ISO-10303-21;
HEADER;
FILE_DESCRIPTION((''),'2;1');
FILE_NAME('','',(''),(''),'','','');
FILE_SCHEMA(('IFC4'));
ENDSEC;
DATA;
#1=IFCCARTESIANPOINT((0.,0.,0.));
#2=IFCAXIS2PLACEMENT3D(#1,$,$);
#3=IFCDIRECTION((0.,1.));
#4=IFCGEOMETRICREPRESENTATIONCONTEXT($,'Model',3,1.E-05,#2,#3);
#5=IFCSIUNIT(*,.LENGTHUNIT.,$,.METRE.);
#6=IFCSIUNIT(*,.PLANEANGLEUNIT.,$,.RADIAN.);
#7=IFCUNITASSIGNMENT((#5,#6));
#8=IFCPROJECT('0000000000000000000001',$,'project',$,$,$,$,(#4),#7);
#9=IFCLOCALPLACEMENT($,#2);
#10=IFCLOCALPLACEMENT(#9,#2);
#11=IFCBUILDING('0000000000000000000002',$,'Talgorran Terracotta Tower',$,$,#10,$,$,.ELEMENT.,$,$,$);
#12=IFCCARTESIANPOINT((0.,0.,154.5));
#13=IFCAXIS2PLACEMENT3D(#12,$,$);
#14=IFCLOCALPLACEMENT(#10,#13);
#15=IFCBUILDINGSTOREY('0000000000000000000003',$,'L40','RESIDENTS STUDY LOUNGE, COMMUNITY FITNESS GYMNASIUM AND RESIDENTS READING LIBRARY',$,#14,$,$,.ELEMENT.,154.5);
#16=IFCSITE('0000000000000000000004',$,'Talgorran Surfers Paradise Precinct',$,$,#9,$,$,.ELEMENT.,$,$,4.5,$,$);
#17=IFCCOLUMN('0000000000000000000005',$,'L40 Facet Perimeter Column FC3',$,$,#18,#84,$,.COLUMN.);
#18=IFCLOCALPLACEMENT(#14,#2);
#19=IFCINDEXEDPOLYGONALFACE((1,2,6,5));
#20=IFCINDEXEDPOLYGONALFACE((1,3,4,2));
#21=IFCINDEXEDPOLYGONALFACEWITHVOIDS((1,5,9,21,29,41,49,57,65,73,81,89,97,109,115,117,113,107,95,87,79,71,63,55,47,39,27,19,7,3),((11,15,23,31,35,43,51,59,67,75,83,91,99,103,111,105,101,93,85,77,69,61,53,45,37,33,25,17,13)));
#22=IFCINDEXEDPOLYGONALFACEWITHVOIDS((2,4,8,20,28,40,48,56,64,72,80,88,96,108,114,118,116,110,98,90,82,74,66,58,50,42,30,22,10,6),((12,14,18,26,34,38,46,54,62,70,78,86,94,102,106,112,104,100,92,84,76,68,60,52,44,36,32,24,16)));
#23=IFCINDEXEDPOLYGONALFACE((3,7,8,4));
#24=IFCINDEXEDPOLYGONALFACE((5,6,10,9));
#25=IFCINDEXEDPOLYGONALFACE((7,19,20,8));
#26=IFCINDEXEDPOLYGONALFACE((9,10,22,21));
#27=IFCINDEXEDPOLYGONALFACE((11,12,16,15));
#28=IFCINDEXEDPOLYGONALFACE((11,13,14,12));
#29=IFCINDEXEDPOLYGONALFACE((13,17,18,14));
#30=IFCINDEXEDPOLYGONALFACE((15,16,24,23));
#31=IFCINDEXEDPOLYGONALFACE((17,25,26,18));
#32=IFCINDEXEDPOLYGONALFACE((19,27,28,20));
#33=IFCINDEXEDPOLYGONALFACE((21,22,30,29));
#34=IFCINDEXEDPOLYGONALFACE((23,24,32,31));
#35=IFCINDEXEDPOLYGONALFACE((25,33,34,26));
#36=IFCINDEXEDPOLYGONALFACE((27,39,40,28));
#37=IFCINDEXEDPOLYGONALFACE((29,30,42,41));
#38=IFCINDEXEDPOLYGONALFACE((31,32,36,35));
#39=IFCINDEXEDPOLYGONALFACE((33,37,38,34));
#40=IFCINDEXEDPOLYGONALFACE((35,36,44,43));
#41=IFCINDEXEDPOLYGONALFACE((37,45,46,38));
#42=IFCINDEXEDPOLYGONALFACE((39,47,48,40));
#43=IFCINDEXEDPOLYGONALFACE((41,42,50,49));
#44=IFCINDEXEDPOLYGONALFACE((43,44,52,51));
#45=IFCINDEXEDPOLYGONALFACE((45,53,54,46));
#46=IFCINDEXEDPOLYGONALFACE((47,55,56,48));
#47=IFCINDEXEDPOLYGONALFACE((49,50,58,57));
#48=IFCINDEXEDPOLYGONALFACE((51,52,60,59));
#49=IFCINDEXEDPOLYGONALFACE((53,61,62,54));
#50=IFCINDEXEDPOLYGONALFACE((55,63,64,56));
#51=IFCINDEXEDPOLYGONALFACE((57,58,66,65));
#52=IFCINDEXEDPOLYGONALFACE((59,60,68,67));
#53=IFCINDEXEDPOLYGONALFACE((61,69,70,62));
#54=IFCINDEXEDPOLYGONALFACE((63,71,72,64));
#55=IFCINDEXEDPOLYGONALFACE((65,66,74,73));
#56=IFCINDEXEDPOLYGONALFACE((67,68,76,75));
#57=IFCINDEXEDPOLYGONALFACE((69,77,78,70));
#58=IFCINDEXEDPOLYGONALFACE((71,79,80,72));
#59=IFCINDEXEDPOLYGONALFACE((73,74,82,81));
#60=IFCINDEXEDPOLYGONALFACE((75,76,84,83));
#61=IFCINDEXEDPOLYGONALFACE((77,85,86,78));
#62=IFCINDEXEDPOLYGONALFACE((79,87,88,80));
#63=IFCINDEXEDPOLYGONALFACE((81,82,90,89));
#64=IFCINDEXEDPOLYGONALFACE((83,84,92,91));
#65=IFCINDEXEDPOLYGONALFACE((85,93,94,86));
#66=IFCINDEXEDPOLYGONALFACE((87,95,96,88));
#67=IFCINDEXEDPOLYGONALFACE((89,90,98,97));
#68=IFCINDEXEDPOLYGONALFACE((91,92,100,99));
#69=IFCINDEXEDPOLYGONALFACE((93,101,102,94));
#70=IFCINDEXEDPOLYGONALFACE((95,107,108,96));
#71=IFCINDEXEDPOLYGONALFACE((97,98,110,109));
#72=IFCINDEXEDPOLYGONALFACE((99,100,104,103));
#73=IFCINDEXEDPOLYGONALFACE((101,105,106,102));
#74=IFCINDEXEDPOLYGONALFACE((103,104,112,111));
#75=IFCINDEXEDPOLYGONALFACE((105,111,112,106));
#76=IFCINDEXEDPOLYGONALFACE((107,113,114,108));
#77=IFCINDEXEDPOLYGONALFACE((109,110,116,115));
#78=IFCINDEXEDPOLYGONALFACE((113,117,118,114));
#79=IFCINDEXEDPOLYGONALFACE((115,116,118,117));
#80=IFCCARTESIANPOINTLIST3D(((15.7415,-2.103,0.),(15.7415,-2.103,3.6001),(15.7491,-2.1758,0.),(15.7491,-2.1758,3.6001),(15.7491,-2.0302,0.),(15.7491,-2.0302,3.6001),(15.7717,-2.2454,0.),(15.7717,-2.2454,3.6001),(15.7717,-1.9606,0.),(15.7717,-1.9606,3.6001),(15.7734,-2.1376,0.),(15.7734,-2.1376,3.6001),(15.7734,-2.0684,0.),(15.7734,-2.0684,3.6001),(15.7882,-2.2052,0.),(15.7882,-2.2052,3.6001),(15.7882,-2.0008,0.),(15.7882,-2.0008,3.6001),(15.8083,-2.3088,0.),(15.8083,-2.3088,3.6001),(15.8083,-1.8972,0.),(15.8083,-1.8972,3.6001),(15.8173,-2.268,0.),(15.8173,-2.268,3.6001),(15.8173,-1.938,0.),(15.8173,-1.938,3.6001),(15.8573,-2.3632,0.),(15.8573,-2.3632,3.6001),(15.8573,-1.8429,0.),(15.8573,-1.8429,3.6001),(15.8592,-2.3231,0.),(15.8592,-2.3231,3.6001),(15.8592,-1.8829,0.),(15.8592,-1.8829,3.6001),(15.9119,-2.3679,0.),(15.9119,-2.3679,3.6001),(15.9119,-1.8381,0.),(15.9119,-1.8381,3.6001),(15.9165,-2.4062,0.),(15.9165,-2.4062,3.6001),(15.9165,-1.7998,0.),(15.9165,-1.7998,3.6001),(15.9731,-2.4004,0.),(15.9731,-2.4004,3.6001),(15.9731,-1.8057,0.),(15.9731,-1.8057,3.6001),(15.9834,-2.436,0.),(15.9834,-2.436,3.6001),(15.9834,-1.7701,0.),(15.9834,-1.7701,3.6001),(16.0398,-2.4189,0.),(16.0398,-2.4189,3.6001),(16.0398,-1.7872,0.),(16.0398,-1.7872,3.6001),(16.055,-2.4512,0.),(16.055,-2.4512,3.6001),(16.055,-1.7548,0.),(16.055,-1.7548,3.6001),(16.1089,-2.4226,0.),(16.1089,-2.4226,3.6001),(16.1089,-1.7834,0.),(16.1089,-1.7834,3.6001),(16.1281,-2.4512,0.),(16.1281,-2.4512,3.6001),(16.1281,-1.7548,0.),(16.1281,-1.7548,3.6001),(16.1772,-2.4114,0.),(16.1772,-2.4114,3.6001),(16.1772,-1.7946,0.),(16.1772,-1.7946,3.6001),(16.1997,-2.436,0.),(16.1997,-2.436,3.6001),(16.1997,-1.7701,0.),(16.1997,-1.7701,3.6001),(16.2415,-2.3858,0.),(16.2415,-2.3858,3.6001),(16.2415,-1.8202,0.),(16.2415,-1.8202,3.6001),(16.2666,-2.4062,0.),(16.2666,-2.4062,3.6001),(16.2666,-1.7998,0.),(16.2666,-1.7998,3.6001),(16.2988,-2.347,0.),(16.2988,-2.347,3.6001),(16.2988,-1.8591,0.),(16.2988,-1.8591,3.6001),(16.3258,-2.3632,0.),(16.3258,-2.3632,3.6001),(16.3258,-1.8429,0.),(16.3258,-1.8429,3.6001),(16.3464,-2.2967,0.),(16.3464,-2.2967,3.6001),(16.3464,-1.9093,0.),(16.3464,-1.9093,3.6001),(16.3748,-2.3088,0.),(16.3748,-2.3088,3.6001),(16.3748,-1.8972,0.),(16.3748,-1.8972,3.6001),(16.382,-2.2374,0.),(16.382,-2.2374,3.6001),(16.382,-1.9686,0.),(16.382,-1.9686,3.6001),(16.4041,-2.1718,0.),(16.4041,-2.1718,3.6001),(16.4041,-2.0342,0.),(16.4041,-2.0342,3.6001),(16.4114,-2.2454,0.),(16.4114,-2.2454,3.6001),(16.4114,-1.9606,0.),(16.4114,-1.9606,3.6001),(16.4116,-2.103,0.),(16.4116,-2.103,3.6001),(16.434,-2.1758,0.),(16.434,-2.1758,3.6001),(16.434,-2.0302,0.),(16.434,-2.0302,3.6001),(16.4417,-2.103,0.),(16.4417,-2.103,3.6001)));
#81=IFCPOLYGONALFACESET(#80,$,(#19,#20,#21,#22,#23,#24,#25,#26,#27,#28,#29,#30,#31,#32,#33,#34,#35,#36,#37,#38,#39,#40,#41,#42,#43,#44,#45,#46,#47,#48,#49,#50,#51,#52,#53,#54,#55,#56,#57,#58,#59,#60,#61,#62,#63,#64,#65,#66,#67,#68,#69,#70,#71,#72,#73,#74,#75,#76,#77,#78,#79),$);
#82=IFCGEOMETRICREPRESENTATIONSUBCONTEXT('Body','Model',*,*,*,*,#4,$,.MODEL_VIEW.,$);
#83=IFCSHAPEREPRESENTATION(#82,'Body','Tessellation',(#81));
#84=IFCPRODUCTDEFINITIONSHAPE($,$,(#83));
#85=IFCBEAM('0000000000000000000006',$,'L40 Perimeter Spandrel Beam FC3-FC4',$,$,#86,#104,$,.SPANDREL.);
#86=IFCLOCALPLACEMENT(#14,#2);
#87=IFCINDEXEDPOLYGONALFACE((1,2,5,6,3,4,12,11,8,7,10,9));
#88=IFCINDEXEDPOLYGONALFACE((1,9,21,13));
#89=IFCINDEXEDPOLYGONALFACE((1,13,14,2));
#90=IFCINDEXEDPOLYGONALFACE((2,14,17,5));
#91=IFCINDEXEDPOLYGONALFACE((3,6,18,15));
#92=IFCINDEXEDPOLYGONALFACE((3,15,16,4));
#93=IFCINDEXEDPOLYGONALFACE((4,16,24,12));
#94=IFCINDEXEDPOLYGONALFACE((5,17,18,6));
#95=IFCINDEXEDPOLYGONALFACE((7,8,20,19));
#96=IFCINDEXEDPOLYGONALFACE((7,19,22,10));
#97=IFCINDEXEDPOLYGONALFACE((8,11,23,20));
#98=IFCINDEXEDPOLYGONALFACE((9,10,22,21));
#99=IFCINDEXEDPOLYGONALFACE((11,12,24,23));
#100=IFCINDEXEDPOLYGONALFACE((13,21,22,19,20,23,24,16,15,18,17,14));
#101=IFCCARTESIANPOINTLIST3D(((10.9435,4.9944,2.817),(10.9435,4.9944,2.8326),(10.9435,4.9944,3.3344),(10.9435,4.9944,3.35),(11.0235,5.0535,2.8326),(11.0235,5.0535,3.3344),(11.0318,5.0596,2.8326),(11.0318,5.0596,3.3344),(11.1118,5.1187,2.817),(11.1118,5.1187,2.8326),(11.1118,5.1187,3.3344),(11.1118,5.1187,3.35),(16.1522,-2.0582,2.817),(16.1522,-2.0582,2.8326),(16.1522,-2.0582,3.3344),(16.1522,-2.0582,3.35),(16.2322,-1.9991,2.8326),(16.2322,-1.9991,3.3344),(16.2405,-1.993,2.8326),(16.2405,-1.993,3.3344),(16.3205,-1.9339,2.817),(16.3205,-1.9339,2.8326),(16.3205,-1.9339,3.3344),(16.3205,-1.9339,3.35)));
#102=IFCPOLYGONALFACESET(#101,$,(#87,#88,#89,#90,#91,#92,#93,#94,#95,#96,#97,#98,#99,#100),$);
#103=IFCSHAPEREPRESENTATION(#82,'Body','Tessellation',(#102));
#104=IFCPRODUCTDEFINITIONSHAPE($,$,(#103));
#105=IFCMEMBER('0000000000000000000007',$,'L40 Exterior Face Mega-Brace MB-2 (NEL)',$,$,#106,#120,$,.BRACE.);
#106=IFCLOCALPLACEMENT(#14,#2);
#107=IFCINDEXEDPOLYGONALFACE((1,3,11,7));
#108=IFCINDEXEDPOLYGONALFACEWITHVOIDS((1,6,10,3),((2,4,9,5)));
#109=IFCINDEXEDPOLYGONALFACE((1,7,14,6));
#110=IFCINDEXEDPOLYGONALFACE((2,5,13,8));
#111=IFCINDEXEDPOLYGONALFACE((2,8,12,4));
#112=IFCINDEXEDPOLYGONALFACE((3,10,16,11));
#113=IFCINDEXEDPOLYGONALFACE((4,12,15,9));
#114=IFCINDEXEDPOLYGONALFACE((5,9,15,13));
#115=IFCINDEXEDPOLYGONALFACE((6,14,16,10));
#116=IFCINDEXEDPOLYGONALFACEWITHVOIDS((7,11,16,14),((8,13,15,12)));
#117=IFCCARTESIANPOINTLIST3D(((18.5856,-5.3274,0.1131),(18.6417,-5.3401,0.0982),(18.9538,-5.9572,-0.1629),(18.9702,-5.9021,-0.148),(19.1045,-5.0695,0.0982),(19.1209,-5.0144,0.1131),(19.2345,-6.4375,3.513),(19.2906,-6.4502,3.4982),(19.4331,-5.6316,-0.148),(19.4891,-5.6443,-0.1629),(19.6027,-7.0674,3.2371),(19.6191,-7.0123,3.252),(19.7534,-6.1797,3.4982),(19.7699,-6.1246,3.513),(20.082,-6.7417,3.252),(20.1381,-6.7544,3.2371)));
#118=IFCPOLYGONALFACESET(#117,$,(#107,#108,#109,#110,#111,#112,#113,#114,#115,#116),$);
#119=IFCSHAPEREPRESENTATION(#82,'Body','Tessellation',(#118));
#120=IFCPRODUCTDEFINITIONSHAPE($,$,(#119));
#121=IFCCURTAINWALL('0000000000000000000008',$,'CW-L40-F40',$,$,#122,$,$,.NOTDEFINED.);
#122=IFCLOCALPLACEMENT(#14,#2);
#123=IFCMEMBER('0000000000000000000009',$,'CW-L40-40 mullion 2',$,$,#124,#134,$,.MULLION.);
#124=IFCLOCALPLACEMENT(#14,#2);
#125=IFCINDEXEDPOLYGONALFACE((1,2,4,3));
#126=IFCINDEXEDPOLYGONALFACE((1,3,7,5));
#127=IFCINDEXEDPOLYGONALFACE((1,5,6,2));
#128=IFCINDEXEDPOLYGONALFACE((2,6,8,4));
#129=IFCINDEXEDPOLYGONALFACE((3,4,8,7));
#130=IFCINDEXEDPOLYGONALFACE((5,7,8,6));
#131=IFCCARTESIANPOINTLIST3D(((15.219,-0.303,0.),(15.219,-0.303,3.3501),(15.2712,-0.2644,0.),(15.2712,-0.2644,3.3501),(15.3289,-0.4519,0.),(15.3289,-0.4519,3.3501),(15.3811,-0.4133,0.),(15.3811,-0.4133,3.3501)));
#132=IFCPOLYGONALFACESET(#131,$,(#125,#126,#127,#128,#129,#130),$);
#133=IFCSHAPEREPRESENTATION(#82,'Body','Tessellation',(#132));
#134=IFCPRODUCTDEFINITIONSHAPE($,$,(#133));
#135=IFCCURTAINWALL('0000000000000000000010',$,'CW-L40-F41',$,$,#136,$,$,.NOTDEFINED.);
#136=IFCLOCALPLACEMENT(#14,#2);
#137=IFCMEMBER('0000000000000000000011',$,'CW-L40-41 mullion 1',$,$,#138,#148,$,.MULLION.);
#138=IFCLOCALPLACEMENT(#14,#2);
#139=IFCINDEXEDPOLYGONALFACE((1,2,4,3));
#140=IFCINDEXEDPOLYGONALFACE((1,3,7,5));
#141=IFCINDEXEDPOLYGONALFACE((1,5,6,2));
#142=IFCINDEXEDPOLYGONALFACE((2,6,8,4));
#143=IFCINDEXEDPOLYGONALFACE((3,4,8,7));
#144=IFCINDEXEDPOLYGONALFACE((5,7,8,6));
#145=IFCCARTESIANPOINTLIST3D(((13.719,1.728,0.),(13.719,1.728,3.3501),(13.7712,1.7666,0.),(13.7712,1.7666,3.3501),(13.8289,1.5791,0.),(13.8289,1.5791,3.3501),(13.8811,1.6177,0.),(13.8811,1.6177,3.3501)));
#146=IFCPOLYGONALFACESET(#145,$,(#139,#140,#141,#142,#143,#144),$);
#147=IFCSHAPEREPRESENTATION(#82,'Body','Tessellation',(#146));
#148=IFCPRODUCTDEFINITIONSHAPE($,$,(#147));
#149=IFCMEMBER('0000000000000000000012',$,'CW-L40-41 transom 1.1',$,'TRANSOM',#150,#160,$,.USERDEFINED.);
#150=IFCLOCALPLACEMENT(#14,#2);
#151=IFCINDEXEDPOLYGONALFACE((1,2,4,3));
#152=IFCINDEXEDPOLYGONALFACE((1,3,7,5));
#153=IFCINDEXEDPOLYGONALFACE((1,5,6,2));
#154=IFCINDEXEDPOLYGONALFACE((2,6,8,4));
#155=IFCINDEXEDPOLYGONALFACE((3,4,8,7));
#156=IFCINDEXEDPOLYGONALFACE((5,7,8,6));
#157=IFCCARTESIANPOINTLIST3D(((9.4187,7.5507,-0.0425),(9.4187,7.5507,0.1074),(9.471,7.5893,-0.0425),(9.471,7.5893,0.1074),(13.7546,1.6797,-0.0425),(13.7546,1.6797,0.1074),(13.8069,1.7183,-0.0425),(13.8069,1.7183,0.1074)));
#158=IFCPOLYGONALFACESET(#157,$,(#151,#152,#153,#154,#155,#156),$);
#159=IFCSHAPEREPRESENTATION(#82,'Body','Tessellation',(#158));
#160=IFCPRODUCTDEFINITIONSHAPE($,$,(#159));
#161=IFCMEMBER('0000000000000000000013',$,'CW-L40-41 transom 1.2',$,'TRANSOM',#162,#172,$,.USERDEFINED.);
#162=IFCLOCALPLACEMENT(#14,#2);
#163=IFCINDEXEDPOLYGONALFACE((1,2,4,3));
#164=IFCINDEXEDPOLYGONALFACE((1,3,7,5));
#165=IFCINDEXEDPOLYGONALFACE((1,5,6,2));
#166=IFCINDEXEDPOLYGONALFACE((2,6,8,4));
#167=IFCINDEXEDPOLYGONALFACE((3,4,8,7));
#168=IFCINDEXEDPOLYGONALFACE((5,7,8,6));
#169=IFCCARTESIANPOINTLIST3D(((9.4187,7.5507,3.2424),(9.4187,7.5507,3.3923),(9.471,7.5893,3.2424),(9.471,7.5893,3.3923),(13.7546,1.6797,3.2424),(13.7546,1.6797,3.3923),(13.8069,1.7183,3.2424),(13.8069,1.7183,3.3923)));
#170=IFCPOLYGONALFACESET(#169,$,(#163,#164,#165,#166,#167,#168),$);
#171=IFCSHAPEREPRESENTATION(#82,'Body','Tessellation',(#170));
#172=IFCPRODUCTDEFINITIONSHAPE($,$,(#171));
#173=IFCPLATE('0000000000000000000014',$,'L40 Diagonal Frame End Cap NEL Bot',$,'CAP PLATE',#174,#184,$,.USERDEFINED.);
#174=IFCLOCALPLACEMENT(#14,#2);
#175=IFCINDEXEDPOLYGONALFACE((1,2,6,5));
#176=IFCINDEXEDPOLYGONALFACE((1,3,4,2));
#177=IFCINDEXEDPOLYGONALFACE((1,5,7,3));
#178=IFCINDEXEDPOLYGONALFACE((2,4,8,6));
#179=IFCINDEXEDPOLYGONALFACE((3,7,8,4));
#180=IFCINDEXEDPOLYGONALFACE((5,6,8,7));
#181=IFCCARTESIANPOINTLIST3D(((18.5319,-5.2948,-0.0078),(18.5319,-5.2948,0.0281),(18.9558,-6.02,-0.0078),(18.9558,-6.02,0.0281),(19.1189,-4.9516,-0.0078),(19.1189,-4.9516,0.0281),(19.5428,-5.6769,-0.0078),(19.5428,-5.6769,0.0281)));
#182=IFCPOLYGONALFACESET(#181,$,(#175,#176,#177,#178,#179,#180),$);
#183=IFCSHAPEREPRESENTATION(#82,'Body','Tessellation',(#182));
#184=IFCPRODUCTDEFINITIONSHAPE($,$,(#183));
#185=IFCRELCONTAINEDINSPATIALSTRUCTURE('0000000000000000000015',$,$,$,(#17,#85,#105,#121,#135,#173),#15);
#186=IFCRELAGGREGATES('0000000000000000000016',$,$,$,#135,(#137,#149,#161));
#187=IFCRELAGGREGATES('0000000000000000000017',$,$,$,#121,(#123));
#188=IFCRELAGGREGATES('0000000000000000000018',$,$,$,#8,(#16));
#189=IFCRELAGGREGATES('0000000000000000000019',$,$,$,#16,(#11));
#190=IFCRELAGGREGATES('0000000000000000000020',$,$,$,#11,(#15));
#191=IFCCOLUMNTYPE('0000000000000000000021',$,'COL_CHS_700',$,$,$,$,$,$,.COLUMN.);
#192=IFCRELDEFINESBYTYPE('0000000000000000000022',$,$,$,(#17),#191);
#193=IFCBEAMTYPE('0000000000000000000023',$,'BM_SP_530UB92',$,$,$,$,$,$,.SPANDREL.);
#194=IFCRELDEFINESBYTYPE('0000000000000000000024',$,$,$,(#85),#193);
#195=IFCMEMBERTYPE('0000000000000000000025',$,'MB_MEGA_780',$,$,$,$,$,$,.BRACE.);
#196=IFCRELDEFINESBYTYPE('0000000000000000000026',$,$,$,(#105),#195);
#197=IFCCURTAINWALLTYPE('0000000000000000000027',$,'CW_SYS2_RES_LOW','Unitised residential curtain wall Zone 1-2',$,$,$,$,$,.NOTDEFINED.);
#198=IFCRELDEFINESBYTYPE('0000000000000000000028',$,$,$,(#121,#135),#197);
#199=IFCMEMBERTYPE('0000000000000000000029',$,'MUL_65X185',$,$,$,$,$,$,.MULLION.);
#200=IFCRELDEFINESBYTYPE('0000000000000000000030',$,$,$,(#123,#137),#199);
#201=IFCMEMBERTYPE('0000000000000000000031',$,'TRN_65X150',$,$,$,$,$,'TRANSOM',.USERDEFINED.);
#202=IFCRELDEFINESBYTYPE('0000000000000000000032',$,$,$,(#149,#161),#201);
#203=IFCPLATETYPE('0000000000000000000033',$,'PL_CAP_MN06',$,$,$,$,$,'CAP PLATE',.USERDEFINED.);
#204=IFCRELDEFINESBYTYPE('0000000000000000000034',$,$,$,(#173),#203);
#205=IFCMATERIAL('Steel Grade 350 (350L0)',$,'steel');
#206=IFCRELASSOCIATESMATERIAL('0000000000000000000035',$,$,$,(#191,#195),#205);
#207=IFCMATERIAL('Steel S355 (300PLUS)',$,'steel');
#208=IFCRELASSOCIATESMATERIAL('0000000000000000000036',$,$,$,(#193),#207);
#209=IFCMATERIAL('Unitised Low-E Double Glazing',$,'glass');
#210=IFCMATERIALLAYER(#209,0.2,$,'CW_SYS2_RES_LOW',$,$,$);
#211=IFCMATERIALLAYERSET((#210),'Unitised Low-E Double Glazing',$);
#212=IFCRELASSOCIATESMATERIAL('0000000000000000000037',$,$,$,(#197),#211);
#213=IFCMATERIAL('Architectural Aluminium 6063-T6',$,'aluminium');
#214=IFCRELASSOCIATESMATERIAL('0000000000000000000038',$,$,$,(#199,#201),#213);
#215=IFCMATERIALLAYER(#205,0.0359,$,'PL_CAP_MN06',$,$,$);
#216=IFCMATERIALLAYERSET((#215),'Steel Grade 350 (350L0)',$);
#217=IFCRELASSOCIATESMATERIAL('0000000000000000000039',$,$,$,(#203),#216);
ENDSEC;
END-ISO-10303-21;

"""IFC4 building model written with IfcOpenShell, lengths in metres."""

from ifc_helpers import new_model, si_unit, direction, frame, origin, origin_2d, place, context, subcontext, project, spatial, rectangle, hollow_rectangle, hollow_circle, i_section, extrude, material, layer, layer_set, material_profile, profile_set, type_object, element, aggregate, save


model = new_model("IFC4")

# Units and contexts
model_context = context("Model", 3, precision=1e-05, world=origin(), true_north=direction((0.0, 1.0)))
body_context = subcontext(model_context, "Body", "Model", "MODEL_VIEW")
ifc_project = project(units=[si_unit("LENGTHUNIT", "METRE"), si_unit("PLANEANGLEUNIT", "RADIAN")], contexts=[model_context])

# Site, building, storey
site_placement = place(None, origin())
site = spatial("IfcSite", under=ifc_project, at=site_placement, Name="Talgorran Surfers Paradise Precinct", CompositionType="ELEMENT", RefElevation=4.5)
building_placement = place(site_placement, origin())
building = spatial("IfcBuilding", under=site, at=building_placement, Name="Talgorran Terracotta Tower", CompositionType="ELEMENT")
storey_placement = place(building_placement, frame((0.0, 0.0, 154.5)))
storey = spatial("IfcBuildingStorey", under=building, at=storey_placement, Name="L40", Description="RESIDENTS STUDY LOUNGE, COMMUNITY FITNESS GYMNASIUM AND RESIDENTS READING LIBRARY", CompositionType="ELEMENT", Elevation=154.5)

# Column
ifc_material_1 = material(Name="Steel Grade 350 (350L0)", Category="steel")
ifc_material_profile_1 = material_profile(ifc_material_1, hollow_circle(Radius=0.3501, WallThickness=0.03, at=origin_2d()), Name="CHS700X30")
ifc_profile_set_1 = profile_set([ifc_material_profile_1], Name="Steel Grade 350 (350L0)")
column_type = type_object("IfcColumnType", Name="COL_CHS_700", PredefinedType="COLUMN", material=ifc_profile_set_1)
column_placement = place(storey_placement, frame((16.0916, -2.103, 0.0), z_axis=(0.0, 0.0, 1.0), x_axis=(1.0, 0.0, 0.0)))
element("IfcColumn", 1, at=column_placement, inside=storey, type_object=column_type, Name="L40 Facet Perimeter Column FC3", PredefinedType="COLUMN", context=body_context, shape_type="SweptSolid", body=[
    extrude(hollow_circle(Radius=0.3501, WallThickness=0.03, at=origin_2d()), origin(), (0.0, 0.0, 1.0), 3.6001),
])

# Beam
ifc_material_2 = material(Name="Steel S355 (300PLUS)", Category="steel")
ifc_material_profile_2 = material_profile(ifc_material_2, i_section(OverallWidth=0.2092, OverallDepth=0.533, WebThickness=0.0103, FlangeThickness=0.0156, at=origin_2d()), Name="530UB92.4")
ifc_profile_set_2 = profile_set([ifc_material_profile_2], Name="Steel S355 (300PLUS)")
beam_type = type_object("IfcBeamType", Name="BM_SP_530UB92", PredefinedType="SPANDREL", material=ifc_profile_set_2)
beam_placement = place(storey_placement, frame((16.2363, -1.9961, 3.0835), z_axis=(-0.594085, 0.804402, 0.0), x_axis=(-0.804402, -0.594085, 0.0)))
element("IfcBeam", 2, at=beam_placement, inside=storey, type_object=beam_type, Name="L40 Perimeter Spandrel Beam FC3-FC4", PredefinedType="SPANDREL", context=body_context, shape_type="SweptSolid", body=[
    extrude(i_section(OverallWidth=0.2092, OverallDepth=0.533, WebThickness=0.0103, FlangeThickness=0.0156, at=origin_2d()), origin(), (0.0, 0.0, 1.0), 8.7676),
])

# Member
ifc_material_profile_3 = material_profile(ifc_material_1, hollow_rectangle(XDim=0.6201, YDim=0.78, WallThickness=0.042, at=origin_2d()), Name="WBOX780X620X42")
ifc_profile_set_3 = profile_set([ifc_material_profile_3], Name="Steel Grade 350 (350L0)")
member_type_1 = type_object("IfcMemberType", Name="MB_MEGA_780", PredefinedType="BRACE", material=ifc_profile_set_3)
member_1_placement = place(storey_placement, frame((19.0374, -5.4858, -0.0249), z_axis=(0.178525, -0.305399, 0.93534), x_axis=(0.863317, 0.504662, 0.0)))
element("IfcMember", 3, at=member_1_placement, inside=storey, type_object=member_type_1, Name="L40 Exterior Face Mega-Brace MB-2 (NEL)", PredefinedType="BRACE", context=body_context, shape_type="SweptSolid", body=[
    extrude(hollow_rectangle(XDim=0.6201, YDim=0.78, WallThickness=0.042, at=origin_2d()), origin(), (0.0, 0.0, 1.0), 3.635),
])

# Curtain wall, member
ifc_material_3 = material(Name="Unitised Low-E Double Glazing", Category="glass")
ifc_layer_1 = layer(ifc_material_3, 0.2, Name="CW_SYS2_RES_LOW")
ifc_layer_set_1 = layer_set([ifc_layer_1], Name="Unitised Low-E Double Glazing")
curtain_wall_type = type_object("IfcCurtainWallType", Name="CW_SYS2_RES_LOW", Description="Unitised residential curtain wall Zone 1-2", PredefinedType="NOTDEFINED", material=ifc_layer_set_1)
curtain_wall_1_placement = place(storey_placement, origin())
curtain_wall_1 = element("IfcCurtainWall", 4, at=curtain_wall_1_placement, inside=storey, type_object=curtain_wall_type, Name="CW-L40-F40", PredefinedType="NOTDEFINED")
ifc_material_4 = material(Name="Architectural Aluminium 6063-T6", Category="aluminium")
ifc_material_profile_4 = material_profile(ifc_material_4, rectangle(XDim=0.0649, YDim=0.1851, at=origin_2d()), Name="CWM65X185")
ifc_profile_set_4 = profile_set([ifc_material_profile_4], Name="Architectural Aluminium 6063-T6")
member_type_2 = type_object("IfcMemberType", Name="MUL_65X185", PredefinedType="MULLION", material=ifc_profile_set_4)
member_2_placement = place(storey_placement, frame((15.3, -0.3582, 0.0), z_axis=(0.0, 0.0, 1.0), x_axis=(-0.804408, -0.594077, 0.0)))
member_2 = element("IfcMember", 5, at=member_2_placement, type_object=member_type_2, Name="CW-L40-40 mullion 2", PredefinedType="MULLION", context=body_context, shape_type="SweptSolid", body=[
    extrude(rectangle(XDim=0.0649, YDim=0.1851, at=origin_2d()), origin(), (0.0, 0.0, 1.0), 3.3501),
])

# Curtain wall, members
curtain_wall_2_placement = place(storey_placement, origin())
curtain_wall_2 = element("IfcCurtainWall", 6, at=curtain_wall_2_placement, inside=storey, type_object=curtain_wall_type, Name="CW-L40-F41", PredefinedType="NOTDEFINED")
member_3_placement = place(storey_placement, frame((13.8, 1.6729, 0.0), z_axis=(0.0, 0.0, 1.0), x_axis=(-0.80441, -0.594075, 0.0)))
member_3 = element("IfcMember", 7, at=member_3_placement, type_object=member_type_2, Name="CW-L40-41 mullion 1", PredefinedType="MULLION", context=body_context, shape_type="SweptSolid", body=[
    extrude(rectangle(XDim=0.0649, YDim=0.1851, at=origin_2d()), origin(), (0.0, 0.0, 1.0), 3.3501),
])
ifc_material_profile_5 = material_profile(ifc_material_4, rectangle(XDim=0.0649, YDim=0.1499, at=origin_2d()), Name="CWT65X150")
ifc_profile_set_5 = profile_set([ifc_material_profile_5], Name="Architectural Aluminium 6063-T6")
member_type_3 = type_object("IfcMemberType", Name="TRN_65X150", ElementType="TRANSOM", PredefinedType="USERDEFINED", material=ifc_profile_set_5)
member_4_placement = place(storey_placement, frame((13.7808, 1.699, 0.0325), z_axis=(-0.594075, 0.80441, 0.0), x_axis=(-0.80441, -0.594075, 0.0)))
member_4 = element("IfcMember", 8, at=member_4_placement, type_object=member_type_3, Name="CW-L40-41 transom 1.1", ObjectType="TRANSOM", PredefinedType="USERDEFINED", context=body_context, shape_type="SweptSolid", body=[
    extrude(rectangle(XDim=0.0649, YDim=0.1499, at=origin_2d()), origin(), (0.0, 0.0, 1.0), 7.2986),
])
member_5_placement = place(storey_placement, frame((13.7808, 1.699, 3.3174), z_axis=(-0.594075, 0.80441, 0.0), x_axis=(-0.80441, -0.594075, 0.0)))
member_5 = element("IfcMember", 9, at=member_5_placement, type_object=member_type_3, Name="CW-L40-41 transom 1.2", ObjectType="TRANSOM", PredefinedType="USERDEFINED", context=body_context, shape_type="SweptSolid", body=[
    extrude(rectangle(XDim=0.0649, YDim=0.1499, at=origin_2d()), origin(), (0.0, 0.0, 1.0), 7.2986),
])
aggregate(curtain_wall_2, [member_3, member_4, member_5])

# Plate
ifc_layer_2 = layer(ifc_material_1, 0.0359, Name="PL_CAP_MN06")
ifc_layer_set_2 = layer_set([ifc_layer_2], Name="Steel Grade 350 (350L0)")
plate_type_1 = type_object("IfcPlateType", Name="PL_CAP_MN06", ElementType="CAP PLATE", PredefinedType="USERDEFINED", material=ifc_layer_set_2)
plate_1_placement = place(storey_placement, frame((19.0374, -5.4858, -0.0078), z_axis=(0.0, 0.0, 1.0), x_axis=(0.504678, -0.863307, 0.0)))
element("IfcPlate", 10, at=plate_1_placement, inside=storey, type_object=plate_type_1, Name="L40 Diagonal Frame End Cap NEL Bot", ObjectType="CAP PLATE", PredefinedType="USERDEFINED", context=body_context, shape_type="SweptSolid", body=[
    extrude(rectangle(XDim=0.8401, YDim=0.6799, at=origin_2d()), origin(), (0.0, 0.0, 1.0), 0.0359),
])

aggregate(curtain_wall_1, [member_2])

save(model, "model.ifc")
